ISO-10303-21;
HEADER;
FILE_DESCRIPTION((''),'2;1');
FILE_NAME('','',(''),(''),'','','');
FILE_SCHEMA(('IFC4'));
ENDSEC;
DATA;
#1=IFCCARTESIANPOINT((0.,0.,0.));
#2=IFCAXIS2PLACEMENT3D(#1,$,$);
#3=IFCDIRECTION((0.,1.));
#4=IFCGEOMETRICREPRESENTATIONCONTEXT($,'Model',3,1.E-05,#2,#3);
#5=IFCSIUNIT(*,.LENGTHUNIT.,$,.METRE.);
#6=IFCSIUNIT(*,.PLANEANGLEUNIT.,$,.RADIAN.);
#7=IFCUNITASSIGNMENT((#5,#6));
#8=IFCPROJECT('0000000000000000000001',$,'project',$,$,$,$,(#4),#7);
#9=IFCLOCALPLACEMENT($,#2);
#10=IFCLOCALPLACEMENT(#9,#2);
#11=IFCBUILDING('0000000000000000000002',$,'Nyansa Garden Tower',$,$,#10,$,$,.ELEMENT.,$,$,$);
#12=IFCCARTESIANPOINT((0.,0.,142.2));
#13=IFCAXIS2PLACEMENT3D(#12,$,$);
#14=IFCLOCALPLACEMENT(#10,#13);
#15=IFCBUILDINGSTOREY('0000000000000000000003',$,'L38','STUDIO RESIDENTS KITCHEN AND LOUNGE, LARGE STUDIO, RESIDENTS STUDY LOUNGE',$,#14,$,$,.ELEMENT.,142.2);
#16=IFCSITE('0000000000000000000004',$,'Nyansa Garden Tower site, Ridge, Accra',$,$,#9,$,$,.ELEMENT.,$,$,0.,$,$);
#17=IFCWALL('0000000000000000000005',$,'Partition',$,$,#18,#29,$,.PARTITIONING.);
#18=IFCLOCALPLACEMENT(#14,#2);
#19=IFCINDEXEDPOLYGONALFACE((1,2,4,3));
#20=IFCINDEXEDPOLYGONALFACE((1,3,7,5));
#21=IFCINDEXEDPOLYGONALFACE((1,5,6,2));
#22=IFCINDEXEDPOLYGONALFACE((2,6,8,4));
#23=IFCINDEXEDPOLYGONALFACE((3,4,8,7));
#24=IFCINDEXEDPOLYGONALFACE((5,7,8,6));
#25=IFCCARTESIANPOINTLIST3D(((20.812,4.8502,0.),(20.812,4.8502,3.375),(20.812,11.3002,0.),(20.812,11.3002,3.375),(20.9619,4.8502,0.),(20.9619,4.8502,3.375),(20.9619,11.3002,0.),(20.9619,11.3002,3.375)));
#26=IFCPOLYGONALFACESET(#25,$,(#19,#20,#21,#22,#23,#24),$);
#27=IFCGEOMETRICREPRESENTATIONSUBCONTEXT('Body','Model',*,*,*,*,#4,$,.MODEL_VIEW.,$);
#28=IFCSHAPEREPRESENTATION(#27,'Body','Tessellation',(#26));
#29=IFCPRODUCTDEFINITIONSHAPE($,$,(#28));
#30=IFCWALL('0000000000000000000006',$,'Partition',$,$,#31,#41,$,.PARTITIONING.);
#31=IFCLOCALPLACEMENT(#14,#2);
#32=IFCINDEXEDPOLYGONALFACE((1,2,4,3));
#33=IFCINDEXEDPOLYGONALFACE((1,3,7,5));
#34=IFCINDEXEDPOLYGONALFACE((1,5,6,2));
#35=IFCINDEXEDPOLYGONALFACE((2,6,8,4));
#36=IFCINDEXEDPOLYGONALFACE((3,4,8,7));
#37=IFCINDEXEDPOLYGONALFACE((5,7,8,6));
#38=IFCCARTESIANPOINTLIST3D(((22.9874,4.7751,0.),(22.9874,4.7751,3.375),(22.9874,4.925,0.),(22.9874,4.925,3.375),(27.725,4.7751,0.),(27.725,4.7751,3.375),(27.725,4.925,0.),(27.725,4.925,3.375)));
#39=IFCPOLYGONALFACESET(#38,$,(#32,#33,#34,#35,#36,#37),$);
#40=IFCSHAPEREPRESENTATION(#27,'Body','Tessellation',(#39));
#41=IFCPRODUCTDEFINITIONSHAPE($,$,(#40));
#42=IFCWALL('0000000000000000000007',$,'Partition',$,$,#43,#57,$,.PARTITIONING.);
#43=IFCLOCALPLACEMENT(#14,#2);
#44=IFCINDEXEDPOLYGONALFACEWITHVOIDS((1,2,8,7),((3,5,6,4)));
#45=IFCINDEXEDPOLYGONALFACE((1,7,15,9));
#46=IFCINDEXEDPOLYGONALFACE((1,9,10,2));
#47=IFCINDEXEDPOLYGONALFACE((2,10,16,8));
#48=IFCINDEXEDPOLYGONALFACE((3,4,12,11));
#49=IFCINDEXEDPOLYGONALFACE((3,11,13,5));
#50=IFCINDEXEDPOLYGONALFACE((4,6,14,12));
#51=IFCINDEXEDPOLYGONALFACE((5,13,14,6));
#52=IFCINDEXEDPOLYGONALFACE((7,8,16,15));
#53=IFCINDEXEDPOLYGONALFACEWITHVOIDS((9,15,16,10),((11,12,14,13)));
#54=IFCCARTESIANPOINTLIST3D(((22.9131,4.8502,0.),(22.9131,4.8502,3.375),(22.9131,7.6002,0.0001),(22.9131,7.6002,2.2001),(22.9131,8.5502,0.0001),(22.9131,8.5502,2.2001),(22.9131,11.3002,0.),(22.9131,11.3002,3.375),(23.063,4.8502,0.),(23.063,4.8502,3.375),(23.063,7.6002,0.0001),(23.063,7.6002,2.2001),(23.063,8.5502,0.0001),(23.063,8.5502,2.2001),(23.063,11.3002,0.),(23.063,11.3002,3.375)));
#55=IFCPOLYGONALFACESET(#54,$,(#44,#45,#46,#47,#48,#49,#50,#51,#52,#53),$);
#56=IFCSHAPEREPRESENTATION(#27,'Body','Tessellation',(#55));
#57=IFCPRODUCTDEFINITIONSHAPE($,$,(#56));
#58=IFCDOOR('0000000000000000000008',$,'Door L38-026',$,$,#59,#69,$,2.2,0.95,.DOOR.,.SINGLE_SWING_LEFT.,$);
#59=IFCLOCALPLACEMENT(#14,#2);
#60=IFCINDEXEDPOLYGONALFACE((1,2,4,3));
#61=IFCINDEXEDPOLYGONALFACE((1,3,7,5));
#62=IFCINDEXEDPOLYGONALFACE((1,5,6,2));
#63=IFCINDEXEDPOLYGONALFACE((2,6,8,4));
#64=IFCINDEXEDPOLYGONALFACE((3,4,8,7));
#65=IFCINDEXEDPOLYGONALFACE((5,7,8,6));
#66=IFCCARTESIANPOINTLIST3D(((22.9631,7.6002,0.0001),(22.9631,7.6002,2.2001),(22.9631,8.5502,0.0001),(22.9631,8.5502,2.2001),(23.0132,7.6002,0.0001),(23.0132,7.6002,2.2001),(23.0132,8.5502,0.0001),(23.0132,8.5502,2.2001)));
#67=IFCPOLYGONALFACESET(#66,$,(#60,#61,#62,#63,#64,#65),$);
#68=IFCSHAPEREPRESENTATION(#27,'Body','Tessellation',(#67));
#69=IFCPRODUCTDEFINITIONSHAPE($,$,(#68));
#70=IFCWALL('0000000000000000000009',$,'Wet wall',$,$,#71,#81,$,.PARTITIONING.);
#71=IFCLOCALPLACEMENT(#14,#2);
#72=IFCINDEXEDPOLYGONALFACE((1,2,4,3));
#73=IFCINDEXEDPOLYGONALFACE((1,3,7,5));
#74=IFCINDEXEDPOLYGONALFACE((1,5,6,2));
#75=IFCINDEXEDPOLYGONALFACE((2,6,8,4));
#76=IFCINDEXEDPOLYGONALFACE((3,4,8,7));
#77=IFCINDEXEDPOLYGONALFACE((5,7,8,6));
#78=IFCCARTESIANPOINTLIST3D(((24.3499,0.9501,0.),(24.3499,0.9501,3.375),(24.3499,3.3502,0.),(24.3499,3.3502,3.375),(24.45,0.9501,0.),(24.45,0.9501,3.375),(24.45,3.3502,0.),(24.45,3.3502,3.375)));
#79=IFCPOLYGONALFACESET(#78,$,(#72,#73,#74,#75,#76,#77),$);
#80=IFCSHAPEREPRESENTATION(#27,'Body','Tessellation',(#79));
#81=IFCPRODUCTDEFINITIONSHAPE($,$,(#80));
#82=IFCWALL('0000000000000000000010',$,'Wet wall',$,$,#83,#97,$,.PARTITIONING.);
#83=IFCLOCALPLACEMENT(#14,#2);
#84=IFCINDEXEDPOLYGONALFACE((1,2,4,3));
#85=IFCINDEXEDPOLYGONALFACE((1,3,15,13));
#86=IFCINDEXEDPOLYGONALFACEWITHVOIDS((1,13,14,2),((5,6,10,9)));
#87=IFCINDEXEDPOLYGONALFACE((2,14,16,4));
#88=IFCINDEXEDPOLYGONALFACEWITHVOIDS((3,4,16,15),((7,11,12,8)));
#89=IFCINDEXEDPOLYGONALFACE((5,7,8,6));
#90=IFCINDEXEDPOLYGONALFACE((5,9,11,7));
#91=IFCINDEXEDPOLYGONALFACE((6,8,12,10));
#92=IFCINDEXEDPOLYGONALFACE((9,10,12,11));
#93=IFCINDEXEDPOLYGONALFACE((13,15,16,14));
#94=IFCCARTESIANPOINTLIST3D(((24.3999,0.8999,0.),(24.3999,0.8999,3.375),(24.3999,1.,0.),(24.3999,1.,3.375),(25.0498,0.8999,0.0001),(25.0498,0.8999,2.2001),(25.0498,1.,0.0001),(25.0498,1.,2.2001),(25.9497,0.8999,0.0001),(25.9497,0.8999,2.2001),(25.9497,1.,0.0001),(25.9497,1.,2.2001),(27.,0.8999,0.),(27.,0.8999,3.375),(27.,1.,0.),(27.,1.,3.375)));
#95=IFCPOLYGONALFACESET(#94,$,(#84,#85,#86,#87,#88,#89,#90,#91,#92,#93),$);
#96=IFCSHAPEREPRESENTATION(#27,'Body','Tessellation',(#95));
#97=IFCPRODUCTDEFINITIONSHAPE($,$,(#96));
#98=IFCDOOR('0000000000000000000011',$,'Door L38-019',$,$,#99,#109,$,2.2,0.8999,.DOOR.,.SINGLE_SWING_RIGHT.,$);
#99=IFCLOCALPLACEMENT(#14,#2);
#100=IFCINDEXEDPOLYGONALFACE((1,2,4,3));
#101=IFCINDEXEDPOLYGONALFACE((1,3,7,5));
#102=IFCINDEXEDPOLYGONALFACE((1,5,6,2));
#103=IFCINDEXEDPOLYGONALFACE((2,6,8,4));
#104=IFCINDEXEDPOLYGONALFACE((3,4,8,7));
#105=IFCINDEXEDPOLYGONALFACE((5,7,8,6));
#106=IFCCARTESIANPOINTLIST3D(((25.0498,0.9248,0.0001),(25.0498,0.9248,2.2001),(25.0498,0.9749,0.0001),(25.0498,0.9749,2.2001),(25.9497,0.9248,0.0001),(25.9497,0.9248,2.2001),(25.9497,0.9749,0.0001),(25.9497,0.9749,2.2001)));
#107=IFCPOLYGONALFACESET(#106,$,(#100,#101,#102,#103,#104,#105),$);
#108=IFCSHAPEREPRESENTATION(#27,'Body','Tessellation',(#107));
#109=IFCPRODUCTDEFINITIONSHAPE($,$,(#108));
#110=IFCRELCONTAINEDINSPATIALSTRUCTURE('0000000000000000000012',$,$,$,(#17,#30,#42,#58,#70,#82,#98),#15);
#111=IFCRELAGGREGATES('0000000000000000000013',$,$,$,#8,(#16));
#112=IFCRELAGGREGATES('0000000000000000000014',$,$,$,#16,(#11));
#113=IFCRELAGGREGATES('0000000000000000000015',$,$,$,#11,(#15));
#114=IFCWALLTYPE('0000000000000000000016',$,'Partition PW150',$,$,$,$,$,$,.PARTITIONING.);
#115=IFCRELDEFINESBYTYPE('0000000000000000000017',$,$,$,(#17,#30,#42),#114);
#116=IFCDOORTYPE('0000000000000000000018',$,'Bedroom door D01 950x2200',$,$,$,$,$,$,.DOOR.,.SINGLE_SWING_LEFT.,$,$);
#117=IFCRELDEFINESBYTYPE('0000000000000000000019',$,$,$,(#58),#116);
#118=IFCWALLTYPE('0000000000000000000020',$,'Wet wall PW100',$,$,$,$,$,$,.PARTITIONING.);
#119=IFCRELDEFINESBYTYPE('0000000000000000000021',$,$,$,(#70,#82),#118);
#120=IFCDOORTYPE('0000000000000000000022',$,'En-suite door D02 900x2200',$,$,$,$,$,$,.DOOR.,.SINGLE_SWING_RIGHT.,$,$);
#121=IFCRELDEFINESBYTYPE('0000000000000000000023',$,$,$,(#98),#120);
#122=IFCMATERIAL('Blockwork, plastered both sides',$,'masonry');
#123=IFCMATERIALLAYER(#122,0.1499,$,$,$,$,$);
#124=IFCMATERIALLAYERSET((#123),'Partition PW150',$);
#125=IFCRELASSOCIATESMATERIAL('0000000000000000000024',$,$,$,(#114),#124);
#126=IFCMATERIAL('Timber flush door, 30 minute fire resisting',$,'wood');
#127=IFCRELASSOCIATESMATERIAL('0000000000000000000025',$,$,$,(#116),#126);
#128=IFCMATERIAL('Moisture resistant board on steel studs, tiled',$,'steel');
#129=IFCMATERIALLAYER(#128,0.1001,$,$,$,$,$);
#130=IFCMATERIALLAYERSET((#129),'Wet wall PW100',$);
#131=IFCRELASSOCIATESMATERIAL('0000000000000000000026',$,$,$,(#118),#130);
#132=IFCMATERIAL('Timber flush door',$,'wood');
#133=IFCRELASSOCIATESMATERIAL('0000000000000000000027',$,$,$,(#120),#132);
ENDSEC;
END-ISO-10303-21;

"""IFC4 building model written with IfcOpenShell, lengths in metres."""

from ifc_helpers import new_model, si_unit, direction, frame, frame_2d, origin, place, context, subcontext, project, spatial, rectangle, extrude, material, layer, layer_set, type_object, element, fill, save


model = new_model("IFC4")

# Units and contexts
model_context = context("Model", 3, precision=1e-05, world=origin(), true_north=direction((0.0, 1.0)))
body_context = subcontext(model_context, "Body", "Model", "MODEL_VIEW")
ifc_project = project(units=[si_unit("LENGTHUNIT", "METRE"), si_unit("PLANEANGLEUNIT", "RADIAN")], contexts=[model_context])

# Site, building, storey
site_placement = place(None, origin())
site = spatial("IfcSite", under=ifc_project, at=site_placement, Name="Nyansa Garden Tower site, Ridge, Accra", CompositionType="ELEMENT", RefElevation=0.0)
building_placement = place(site_placement, origin())
building = spatial("IfcBuilding", under=site, at=building_placement, Name="Nyansa Garden Tower", CompositionType="ELEMENT")
storey_placement = place(building_placement, frame((0.0, 0.0, 142.2)))
storey = spatial("IfcBuildingStorey", under=building, at=storey_placement, Name="L38", Description="STUDIO RESIDENTS KITCHEN AND LOUNGE, LARGE STUDIO, RESIDENTS STUDY LOUNGE", CompositionType="ELEMENT", Elevation=142.2)

# Walls
ifc_material_1 = material(Name="Blockwork, plastered both sides", Category="masonry")
ifc_layer_1 = layer(ifc_material_1, 0.1499)
ifc_layer_set_1 = layer_set([ifc_layer_1], Name="Partition PW150")
wall_type_1 = type_object("IfcWallType", Name="Partition PW150", PredefinedType="PARTITIONING", material=ifc_layer_set_1)
wall_1_placement = place(storey_placement, frame((20.887, 4.8501, 0.0), z_axis=(0.0, 0.0, 1.0), x_axis=(0.0, 1.0, 0.0)))
element("IfcWall", 1, at=wall_1_placement, inside=storey, type_object=wall_type_1, Name="Partition", PredefinedType="PARTITIONING", context=body_context, shape_type="SweptSolid", body=[
    extrude(rectangle(XDim=6.45, YDim=0.1499, at=frame_2d((3.2251, 0.0))), origin(), (0.0, 0.0, 1.0), 3.375),
])
wall_2_placement = place(storey_placement, frame((22.9875, 4.8501, 0.0), z_axis=(0.0, 0.0, 1.0), x_axis=(1.0, 0.0, 0.0)))
element("IfcWall", 2, at=wall_2_placement, inside=storey, type_object=wall_type_1, Name="Partition", PredefinedType="PARTITIONING", context=body_context, shape_type="SweptSolid", body=[
    extrude(rectangle(XDim=4.7375, YDim=0.1499, at=frame_2d((2.3687, 0.0))), origin(), (0.0, 0.0, 1.0), 3.375),
])

# Wall, opening, door
wall_3_placement = place(storey_placement, frame((22.988, 4.8501, 0.0), z_axis=(0.0, 0.0, 1.0), x_axis=(0.0, 1.0, 0.0)))
wall_3 = element("IfcWall", 3, at=wall_3_placement, inside=storey, type_object=wall_type_1, Name="Partition", PredefinedType="PARTITIONING", context=body_context, shape_type="SweptSolid", body=[
    extrude(rectangle(XDim=6.45, YDim=0.1499, at=frame_2d((3.2251, 0.0))), origin(), (0.0, 0.0, 1.0), 3.375),
])
opening_1_placement = place(wall_3_placement, frame((2.75, 0.0, 0.0)))
opening_1 = element("IfcOpeningElement", 4, at=opening_1_placement, cuts=wall_3, PredefinedType="OPENING", context=body_context, shape_type="SweptSolid", body=[
    extrude(rectangle(XDim=0.95, YDim=2.2, at=frame_2d((0.4751, 1.1001))), frame((0.0, 0.085, 0.0), z_axis=(0.0, -1.0, 0.0), x_axis=(1.0, 0.0, 0.0)), (0.0, 0.0, 1.0), 0.1699),
])
ifc_material_2 = material(Name="Timber flush door, 30 minute fire resisting", Category="wood")
door_type_1 = type_object("IfcDoorType", Name="Bedroom door D01 950x2200", OperationType="SINGLE_SWING_LEFT", PredefinedType="DOOR", material=ifc_material_2)
door_1_placement = place(opening_1_placement, origin())
door_1 = element("IfcDoor", 5, at=door_1_placement, inside=storey, type_object=door_type_1, Name="Door L38-026", OperationType="SINGLE_SWING_LEFT", OverallHeight=2.2, OverallWidth=0.95, PredefinedType="DOOR", context=body_context, shape_type="SweptSolid", body=[
    extrude(rectangle(XDim=0.95, YDim=2.2, at=frame_2d((0.4751, 1.1001))), frame((0.0, 0.0249, 0.0), z_axis=(0.0, -1.0, 0.0), x_axis=(1.0, 0.0, 0.0)), (0.0, 0.0, 1.0), 0.05),
])
fill(opening_1, door_1)

# Wall
ifc_material_3 = material(Name="Moisture resistant board on steel studs, tiled", Category="steel")
ifc_layer_2 = layer(ifc_material_3, 0.1001)
ifc_layer_set_2 = layer_set([ifc_layer_2], Name="Wet wall PW100")
wall_type_2 = type_object("IfcWallType", Name="Wet wall PW100", PredefinedType="PARTITIONING", material=ifc_layer_set_2)
wall_4_placement = place(storey_placement, frame((24.3999, 0.95, 0.0), z_axis=(0.0, 0.0, 1.0), x_axis=(0.0, 1.0, 0.0)))
element("IfcWall", 6, at=wall_4_placement, inside=storey, type_object=wall_type_2, Name="Wet wall", PredefinedType="PARTITIONING", context=body_context, shape_type="SweptSolid", body=[
    extrude(rectangle(XDim=2.4001, YDim=0.1001, at=frame_2d((1.2002, 0.0))), origin(), (0.0, 0.0, 1.0), 3.375),
])

# Wall, opening, door
wall_5_placement = place(storey_placement, frame((24.3999, 0.95, 0.0), z_axis=(0.0, 0.0, 1.0), x_axis=(1.0, 0.0, 0.0)))
wall_5 = element("IfcWall", 7, at=wall_5_placement, inside=storey, type_object=wall_type_2, Name="Wet wall", PredefinedType="PARTITIONING", context=body_context, shape_type="SweptSolid", body=[
    extrude(rectangle(XDim=2.6001, YDim=0.1001, at=frame_2d((1.3, 0.0))), origin(), (0.0, 0.0, 1.0), 3.375),
])
opening_2_placement = place(wall_5_placement, frame((0.6499, 0.0, 0.0)))
opening_2 = element("IfcOpeningElement", 8, at=opening_2_placement, cuts=wall_5, PredefinedType="OPENING", context=body_context, shape_type="SweptSolid", body=[
    extrude(rectangle(XDim=0.8999, YDim=2.2, at=frame_2d((0.45, 1.1001))), frame((0.0, 0.0601, 0.0), z_axis=(0.0, -1.0, 0.0), x_axis=(1.0, 0.0, 0.0)), (0.0, 0.0, 1.0), 0.1201),
])
ifc_material_4 = material(Name="Timber flush door", Category="wood")
door_type_2 = type_object("IfcDoorType", Name="En-suite door D02 900x2200", OperationType="SINGLE_SWING_RIGHT", PredefinedType="DOOR", material=ifc_material_4)
door_2_placement = place(opening_2_placement, origin())
door_2 = element("IfcDoor", 9, at=door_2_placement, inside=storey, type_object=door_type_2, Name="Door L38-019", OperationType="SINGLE_SWING_RIGHT", OverallHeight=2.2, OverallWidth=0.8999, PredefinedType="DOOR", context=body_context, shape_type="SweptSolid", body=[
    extrude(rectangle(XDim=0.8999, YDim=2.2, at=frame_2d((0.45, 1.1001))), frame((0.0, 0.0249, 0.0), z_axis=(0.0, -1.0, 0.0), x_axis=(1.0, 0.0, 0.0)), (0.0, 0.0, 1.0), 0.05),
])
fill(opening_2, door_2)

save(model, "model.ifc")
